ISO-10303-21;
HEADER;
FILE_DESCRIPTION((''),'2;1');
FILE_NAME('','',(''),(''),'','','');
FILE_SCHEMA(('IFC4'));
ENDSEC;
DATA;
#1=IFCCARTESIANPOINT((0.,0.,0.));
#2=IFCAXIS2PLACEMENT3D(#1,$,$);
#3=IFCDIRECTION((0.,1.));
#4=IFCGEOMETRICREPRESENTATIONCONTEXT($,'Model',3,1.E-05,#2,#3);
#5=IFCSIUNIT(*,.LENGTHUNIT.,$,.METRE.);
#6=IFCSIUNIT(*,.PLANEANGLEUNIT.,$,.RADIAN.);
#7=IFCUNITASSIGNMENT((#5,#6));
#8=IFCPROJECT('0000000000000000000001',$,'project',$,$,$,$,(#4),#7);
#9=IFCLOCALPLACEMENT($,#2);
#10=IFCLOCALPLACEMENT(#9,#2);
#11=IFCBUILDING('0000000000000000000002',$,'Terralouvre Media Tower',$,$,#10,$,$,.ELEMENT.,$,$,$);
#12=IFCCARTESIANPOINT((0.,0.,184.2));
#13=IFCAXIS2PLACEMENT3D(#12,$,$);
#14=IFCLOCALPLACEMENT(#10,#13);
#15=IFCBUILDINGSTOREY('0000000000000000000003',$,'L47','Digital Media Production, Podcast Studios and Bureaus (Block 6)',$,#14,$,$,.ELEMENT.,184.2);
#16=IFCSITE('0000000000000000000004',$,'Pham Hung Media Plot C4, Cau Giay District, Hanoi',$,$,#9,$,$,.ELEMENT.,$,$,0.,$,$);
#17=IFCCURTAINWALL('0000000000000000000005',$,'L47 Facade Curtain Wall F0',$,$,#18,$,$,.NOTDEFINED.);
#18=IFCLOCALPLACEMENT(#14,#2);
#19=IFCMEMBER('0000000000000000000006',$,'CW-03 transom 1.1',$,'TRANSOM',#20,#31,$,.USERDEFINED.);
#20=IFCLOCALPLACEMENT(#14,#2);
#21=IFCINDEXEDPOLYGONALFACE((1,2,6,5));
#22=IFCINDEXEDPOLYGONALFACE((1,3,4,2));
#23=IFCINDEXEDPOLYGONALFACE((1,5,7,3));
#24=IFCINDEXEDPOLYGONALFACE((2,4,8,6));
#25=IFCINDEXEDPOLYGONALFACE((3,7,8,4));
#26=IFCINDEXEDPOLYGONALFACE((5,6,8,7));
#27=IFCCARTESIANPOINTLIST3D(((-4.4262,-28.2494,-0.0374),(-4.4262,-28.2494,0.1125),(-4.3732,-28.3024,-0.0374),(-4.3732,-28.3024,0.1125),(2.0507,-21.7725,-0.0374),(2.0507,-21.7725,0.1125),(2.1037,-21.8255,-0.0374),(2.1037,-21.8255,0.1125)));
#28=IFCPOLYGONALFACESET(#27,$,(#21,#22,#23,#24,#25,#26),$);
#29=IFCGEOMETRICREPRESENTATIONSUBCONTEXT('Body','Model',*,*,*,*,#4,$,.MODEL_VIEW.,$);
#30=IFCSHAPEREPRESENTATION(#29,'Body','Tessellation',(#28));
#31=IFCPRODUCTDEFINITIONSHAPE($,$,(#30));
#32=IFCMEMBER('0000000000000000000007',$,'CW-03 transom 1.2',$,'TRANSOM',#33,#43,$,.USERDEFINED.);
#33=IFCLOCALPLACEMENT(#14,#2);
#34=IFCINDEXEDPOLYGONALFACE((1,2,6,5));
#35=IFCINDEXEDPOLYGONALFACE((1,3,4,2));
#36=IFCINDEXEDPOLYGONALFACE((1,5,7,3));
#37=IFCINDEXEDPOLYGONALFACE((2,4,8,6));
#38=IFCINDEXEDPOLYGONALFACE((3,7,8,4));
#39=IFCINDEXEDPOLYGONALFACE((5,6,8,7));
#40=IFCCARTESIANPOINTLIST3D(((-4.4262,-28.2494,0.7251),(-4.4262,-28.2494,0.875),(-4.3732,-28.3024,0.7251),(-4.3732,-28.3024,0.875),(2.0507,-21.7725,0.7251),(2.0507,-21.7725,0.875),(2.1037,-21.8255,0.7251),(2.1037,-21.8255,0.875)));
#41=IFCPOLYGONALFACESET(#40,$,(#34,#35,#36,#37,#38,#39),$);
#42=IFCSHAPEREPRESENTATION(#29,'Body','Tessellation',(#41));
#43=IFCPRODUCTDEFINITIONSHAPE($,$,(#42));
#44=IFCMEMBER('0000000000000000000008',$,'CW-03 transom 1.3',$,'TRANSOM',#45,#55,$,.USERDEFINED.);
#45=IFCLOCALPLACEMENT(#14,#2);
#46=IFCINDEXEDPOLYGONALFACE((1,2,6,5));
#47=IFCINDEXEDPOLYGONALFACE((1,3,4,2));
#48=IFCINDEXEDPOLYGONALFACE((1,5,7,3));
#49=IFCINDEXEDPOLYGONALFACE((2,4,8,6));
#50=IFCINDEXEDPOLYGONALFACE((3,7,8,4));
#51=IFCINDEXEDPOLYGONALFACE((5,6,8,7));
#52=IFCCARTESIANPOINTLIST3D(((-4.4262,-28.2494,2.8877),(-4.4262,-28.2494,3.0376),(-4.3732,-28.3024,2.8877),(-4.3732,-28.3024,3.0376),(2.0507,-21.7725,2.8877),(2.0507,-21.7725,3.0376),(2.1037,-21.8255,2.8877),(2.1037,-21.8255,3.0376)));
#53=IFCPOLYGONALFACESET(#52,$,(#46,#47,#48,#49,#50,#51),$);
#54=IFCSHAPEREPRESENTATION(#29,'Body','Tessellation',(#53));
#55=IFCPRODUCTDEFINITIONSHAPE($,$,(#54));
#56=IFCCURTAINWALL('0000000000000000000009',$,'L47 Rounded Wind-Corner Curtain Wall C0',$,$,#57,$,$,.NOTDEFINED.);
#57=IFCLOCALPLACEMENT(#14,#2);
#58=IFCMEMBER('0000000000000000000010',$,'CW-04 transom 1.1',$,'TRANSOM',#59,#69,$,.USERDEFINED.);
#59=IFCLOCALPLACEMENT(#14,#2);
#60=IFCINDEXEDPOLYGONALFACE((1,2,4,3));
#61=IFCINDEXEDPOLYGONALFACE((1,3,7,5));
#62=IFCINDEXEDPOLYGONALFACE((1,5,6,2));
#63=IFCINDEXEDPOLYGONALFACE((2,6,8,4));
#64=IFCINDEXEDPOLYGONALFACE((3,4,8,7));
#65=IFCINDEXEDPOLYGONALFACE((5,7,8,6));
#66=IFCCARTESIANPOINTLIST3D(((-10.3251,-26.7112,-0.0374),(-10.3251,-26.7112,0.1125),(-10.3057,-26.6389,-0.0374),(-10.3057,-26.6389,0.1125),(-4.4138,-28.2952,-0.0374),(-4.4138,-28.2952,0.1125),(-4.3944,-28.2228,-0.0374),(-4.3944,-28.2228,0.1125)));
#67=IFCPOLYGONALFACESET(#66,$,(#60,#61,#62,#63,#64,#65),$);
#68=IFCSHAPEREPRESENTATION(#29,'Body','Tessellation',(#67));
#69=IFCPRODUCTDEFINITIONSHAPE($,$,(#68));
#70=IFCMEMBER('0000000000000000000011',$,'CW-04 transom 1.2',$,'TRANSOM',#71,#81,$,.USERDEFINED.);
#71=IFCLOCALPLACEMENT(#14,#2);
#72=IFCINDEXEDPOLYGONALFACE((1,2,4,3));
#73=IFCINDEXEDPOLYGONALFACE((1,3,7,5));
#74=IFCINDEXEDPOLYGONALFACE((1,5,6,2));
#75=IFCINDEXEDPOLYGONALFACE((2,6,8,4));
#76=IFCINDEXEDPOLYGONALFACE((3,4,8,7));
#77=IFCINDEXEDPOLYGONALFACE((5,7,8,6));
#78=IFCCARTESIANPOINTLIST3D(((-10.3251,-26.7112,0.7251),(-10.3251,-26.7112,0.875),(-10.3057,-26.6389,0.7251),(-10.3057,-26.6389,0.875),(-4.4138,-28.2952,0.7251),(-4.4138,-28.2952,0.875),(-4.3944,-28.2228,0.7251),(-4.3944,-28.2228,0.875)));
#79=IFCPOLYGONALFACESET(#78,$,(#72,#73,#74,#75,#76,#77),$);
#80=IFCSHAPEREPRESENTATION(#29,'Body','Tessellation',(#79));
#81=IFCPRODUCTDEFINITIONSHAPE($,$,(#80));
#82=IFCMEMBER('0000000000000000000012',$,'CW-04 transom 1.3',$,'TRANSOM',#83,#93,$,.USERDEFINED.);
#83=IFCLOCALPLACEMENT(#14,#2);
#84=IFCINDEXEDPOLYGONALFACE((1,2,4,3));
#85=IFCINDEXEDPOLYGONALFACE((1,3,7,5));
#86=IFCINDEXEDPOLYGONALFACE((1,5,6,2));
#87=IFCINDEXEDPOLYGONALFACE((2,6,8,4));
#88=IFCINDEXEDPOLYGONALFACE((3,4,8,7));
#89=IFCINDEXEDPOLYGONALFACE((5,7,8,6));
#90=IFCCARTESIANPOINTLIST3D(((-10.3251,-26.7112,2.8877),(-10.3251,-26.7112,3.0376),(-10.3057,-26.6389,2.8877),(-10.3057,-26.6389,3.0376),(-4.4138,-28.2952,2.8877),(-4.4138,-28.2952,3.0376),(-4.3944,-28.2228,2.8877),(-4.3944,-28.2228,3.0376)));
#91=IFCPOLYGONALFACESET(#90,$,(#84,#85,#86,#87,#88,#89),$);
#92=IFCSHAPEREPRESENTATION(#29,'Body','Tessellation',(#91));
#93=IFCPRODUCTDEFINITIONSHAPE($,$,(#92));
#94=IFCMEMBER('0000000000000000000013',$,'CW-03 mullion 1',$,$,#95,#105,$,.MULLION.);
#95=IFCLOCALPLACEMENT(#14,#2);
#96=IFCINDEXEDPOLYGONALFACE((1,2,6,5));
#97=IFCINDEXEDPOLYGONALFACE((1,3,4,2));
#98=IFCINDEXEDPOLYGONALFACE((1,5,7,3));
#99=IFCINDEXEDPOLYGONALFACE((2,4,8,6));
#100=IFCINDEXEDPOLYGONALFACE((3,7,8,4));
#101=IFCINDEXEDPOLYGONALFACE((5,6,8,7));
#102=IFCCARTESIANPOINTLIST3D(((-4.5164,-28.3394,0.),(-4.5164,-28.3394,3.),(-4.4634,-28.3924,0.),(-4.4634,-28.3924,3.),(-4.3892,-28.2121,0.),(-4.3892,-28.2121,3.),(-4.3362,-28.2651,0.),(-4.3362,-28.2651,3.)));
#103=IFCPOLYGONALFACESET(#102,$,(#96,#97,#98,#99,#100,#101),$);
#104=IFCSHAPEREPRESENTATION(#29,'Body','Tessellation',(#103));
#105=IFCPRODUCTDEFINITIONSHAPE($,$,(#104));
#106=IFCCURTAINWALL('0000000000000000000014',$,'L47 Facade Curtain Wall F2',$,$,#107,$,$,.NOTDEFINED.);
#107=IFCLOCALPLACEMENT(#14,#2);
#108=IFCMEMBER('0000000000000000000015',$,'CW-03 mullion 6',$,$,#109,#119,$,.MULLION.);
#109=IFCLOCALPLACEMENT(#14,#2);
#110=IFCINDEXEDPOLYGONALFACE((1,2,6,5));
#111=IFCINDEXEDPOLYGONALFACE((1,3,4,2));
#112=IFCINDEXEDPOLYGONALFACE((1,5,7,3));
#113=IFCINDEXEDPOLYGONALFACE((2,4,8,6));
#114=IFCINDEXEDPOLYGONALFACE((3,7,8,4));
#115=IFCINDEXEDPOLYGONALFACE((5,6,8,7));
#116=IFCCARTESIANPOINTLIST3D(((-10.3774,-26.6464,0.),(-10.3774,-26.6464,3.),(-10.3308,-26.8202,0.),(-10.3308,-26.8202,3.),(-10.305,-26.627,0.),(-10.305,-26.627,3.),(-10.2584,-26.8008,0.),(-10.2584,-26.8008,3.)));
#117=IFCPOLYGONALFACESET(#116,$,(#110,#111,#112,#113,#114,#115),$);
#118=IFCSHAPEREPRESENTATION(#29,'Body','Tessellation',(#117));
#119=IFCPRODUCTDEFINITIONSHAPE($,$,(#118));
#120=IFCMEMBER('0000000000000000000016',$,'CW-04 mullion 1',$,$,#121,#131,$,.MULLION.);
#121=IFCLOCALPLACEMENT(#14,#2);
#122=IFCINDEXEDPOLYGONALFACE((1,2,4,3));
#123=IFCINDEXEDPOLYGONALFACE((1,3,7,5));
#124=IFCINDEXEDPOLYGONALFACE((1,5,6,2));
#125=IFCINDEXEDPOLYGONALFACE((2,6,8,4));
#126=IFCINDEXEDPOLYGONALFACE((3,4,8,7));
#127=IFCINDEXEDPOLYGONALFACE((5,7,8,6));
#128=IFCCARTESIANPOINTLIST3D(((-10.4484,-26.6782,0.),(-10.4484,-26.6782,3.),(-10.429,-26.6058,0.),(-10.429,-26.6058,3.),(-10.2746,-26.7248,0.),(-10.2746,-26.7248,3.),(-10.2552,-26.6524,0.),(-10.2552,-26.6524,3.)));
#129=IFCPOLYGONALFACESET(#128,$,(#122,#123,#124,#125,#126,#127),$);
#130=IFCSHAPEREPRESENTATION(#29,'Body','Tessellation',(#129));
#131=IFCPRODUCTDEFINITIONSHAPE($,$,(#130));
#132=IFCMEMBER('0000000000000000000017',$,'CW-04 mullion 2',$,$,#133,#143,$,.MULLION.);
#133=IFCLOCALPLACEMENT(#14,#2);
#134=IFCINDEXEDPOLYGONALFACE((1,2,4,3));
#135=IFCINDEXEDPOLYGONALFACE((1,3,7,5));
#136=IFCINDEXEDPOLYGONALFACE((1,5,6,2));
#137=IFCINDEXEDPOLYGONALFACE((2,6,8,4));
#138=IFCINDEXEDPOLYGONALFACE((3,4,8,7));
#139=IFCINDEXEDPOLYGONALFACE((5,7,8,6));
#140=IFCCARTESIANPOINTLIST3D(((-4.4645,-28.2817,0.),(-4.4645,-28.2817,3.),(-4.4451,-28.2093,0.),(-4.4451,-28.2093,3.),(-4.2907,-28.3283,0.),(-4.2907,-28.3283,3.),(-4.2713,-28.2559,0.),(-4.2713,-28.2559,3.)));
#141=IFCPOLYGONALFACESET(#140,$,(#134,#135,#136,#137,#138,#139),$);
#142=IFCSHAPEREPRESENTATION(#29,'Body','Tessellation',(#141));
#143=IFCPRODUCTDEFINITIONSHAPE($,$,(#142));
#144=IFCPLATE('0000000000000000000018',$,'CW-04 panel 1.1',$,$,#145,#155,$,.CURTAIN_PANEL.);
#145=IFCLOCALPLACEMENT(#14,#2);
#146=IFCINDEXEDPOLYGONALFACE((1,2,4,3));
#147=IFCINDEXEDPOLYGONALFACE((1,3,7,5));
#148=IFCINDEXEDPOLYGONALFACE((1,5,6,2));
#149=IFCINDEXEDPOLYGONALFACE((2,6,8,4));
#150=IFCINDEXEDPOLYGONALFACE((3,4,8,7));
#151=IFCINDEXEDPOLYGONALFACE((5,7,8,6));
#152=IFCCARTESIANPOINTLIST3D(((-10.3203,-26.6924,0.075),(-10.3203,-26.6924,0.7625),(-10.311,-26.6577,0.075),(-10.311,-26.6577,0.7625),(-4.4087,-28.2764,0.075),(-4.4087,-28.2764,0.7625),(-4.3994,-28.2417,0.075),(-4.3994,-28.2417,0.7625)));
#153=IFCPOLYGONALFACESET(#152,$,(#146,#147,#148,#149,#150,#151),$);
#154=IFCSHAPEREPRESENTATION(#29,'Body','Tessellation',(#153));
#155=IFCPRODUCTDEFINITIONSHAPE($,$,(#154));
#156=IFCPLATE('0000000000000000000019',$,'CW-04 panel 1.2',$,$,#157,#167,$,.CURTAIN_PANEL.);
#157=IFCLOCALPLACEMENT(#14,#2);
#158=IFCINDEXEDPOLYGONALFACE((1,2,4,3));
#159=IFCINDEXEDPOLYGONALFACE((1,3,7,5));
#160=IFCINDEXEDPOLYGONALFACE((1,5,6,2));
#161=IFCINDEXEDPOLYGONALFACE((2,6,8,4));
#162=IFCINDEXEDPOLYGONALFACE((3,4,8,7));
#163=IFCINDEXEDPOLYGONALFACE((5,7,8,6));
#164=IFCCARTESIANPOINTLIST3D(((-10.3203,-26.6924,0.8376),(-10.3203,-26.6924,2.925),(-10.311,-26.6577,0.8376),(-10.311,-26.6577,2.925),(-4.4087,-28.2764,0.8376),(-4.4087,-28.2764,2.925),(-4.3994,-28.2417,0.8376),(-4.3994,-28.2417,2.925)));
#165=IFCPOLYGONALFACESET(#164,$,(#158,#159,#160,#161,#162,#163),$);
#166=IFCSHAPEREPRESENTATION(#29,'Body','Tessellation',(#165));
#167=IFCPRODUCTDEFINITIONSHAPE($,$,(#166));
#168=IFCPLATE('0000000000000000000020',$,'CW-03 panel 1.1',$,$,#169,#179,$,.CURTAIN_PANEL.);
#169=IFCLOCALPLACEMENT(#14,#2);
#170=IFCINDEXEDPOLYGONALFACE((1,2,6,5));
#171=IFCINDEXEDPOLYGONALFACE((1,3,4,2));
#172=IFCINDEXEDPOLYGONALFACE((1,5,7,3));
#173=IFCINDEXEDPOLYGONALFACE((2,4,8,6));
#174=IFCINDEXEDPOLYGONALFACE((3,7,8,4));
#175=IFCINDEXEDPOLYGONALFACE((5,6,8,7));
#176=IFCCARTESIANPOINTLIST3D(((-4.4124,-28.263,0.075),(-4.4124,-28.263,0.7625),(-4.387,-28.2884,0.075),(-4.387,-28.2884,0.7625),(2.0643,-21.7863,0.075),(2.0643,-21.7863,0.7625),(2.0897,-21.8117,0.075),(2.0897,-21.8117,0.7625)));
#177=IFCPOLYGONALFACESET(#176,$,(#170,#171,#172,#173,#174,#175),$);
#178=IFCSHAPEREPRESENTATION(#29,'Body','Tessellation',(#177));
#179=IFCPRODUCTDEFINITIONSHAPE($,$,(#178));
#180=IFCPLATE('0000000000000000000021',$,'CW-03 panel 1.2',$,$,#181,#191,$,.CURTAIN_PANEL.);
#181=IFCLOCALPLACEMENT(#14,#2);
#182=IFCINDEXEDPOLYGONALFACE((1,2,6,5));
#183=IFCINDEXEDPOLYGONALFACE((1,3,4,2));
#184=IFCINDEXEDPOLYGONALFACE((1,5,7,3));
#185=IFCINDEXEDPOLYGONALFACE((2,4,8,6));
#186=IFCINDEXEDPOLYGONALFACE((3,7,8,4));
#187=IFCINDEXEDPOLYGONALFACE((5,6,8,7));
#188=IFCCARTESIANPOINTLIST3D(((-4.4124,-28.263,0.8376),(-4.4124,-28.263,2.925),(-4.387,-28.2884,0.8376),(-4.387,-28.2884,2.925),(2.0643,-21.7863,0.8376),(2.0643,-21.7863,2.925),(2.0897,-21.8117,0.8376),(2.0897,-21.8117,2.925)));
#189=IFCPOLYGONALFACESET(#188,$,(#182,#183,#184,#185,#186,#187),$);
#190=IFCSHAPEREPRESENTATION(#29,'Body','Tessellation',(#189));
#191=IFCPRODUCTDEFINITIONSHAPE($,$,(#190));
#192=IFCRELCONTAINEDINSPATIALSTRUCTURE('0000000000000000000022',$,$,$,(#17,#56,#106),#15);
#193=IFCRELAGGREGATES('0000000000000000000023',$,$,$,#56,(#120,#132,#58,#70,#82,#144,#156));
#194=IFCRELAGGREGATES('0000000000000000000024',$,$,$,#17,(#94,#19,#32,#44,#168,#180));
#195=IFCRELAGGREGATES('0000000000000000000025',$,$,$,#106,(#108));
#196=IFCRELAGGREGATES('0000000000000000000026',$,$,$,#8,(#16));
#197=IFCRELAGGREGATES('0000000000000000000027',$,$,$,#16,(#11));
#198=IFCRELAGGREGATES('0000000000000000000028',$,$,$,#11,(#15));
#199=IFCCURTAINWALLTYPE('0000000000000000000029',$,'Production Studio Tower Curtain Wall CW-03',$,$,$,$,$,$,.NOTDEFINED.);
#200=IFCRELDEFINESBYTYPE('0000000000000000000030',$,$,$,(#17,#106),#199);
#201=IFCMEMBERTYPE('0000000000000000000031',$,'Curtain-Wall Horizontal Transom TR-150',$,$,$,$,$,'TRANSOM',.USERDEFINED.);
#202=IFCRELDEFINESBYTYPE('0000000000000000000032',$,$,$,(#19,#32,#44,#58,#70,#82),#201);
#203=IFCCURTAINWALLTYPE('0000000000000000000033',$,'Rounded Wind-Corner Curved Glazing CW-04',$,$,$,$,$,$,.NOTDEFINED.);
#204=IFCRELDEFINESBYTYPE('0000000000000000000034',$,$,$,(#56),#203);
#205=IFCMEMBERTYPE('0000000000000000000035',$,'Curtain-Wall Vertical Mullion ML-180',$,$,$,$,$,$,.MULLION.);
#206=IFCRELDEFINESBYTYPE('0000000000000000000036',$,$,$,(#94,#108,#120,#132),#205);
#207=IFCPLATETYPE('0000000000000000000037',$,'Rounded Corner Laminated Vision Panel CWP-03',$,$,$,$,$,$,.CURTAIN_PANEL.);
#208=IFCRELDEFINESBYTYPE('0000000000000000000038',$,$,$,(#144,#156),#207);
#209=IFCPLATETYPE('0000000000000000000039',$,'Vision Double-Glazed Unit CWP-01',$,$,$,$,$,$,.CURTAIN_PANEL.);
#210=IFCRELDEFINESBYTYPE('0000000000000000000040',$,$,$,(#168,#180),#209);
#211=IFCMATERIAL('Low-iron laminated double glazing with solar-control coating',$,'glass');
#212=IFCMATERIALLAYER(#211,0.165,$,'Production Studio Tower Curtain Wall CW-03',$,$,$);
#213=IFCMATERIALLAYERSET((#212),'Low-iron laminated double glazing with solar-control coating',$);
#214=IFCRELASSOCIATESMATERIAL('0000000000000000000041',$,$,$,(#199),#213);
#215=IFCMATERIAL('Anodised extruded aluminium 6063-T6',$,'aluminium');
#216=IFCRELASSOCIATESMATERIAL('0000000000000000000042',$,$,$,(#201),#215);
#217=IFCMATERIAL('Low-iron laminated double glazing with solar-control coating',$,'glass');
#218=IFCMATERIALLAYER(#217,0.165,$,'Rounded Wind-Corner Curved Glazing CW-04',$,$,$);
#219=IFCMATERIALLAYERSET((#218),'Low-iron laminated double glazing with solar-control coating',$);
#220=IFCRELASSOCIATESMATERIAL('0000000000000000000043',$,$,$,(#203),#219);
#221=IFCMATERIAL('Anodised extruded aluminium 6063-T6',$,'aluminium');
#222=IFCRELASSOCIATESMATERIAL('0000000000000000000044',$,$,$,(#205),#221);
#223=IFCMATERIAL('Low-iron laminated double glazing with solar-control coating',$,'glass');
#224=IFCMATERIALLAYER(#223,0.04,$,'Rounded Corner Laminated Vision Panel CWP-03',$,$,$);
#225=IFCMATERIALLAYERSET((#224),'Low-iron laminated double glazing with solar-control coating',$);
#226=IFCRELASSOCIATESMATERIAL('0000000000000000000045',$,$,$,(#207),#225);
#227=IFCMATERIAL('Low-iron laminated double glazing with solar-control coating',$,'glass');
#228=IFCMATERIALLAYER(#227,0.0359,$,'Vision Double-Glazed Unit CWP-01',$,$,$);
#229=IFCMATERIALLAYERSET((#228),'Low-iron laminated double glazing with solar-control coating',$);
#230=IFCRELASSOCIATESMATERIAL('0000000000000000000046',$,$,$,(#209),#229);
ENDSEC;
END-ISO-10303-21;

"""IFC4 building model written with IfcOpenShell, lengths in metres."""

from ifc_helpers import new_model, si_unit, direction, frame, origin, origin_2d, place, context, subcontext, project, spatial, rectangle, extrude, material, layer, layer_set, material_profile, profile_set, type_object, element, aggregate, save


model = new_model("IFC4")

# Units and contexts
model_context = context("Model", 3, precision=1e-05, world=origin(), true_north=direction((0.0, 1.0)))
body_context = subcontext(model_context, "Body", "Model", "MODEL_VIEW")
ifc_project = project(units=[si_unit("LENGTHUNIT", "METRE"), si_unit("PLANEANGLEUNIT", "RADIAN")], contexts=[model_context])

# Site, building, storey
site_placement = place(None, origin())
site = spatial("IfcSite", under=ifc_project, at=site_placement, Name="Pham Hung Media Plot C4, Cau Giay District, Hanoi", CompositionType="ELEMENT", RefElevation=0.0)
building_placement = place(site_placement, origin())
building = spatial("IfcBuilding", under=site, at=building_placement, Name="Terralouvre Media Tower", CompositionType="ELEMENT")
storey_placement = place(building_placement, frame((0.0, 0.0, 184.2)))
storey = spatial("IfcBuildingStorey", under=building, at=storey_placement, Name="L47", Description="Digital Media Production, Podcast Studios and Bureaus (Block 6)", CompositionType="ELEMENT", Elevation=184.2)

# Curtain walls, members
ifc_material_1 = material(Name="Low-iron laminated double glazing with solar-control coating", Category="glass")
ifc_layer_1 = layer(ifc_material_1, 0.165, Name="Production Studio Tower Curtain Wall CW-03")
ifc_layer_set_1 = layer_set([ifc_layer_1], Name="Low-iron laminated double glazing with solar-control coating")
curtain_wall_type_1 = type_object("IfcCurtainWallType", Name="Production Studio Tower Curtain Wall CW-03", PredefinedType="NOTDEFINED", material=ifc_layer_set_1)
curtain_wall_1_placement = place(storey_placement, origin())
curtain_wall_1 = element("IfcCurtainWall", 1, at=curtain_wall_1_placement, inside=storey, type_object=curtain_wall_type_1, Name="L47 Facade Curtain Wall F0", PredefinedType="NOTDEFINED")
ifc_material_2 = material(Name="Anodised extruded aluminium 6063-T6", Category="aluminium")
ifc_material_profile_1 = material_profile(ifc_material_2, rectangle(XDim=0.075, YDim=0.1499, at=origin_2d()), Name="ALU 75x150")
ifc_profile_set_1 = profile_set([ifc_material_profile_1], Name="Anodised extruded aluminium 6063-T6")
member_type_1 = type_object("IfcMemberType", Name="Curtain-Wall Horizontal Transom TR-150", ElementType="TRANSOM", PredefinedType="USERDEFINED", material=ifc_profile_set_1)
member_1_placement = place(storey_placement, frame((-4.3997, -28.2759, 0.0376), z_axis=(0.707107, 0.707107, 0.0), x_axis=(-0.707107, 0.707107, 0.0)))
member_1 = element("IfcMember", 2, at=member_1_placement, type_object=member_type_1, Name="CW-03 transom 1.1", ObjectType="TRANSOM", PredefinedType="USERDEFINED", context=body_context, shape_type="SweptSolid", body=[
    extrude(rectangle(XDim=0.075, YDim=0.1499, at=origin_2d()), origin(), (0.0, 0.0, 1.0), 9.1597),
])
member_2_placement = place(storey_placement, frame((-4.3997, -28.2759, 0.8), z_axis=(0.707107, 0.707107, 0.0), x_axis=(-0.707107, 0.707107, 0.0)))
member_2 = element("IfcMember", 3, at=member_2_placement, type_object=member_type_1, Name="CW-03 transom 1.2", ObjectType="TRANSOM", PredefinedType="USERDEFINED", context=body_context, shape_type="SweptSolid", body=[
    extrude(rectangle(XDim=0.075, YDim=0.1499, at=origin_2d()), origin(), (0.0, 0.0, 1.0), 9.1597),
])
member_3_placement = place(storey_placement, frame((-4.3997, -28.2759, 2.9626), z_axis=(0.707107, 0.707107, 0.0), x_axis=(-0.707107, 0.707107, 0.0)))
member_3 = element("IfcMember", 4, at=member_3_placement, type_object=member_type_1, Name="CW-03 transom 1.3", ObjectType="TRANSOM", PredefinedType="USERDEFINED", context=body_context, shape_type="SweptSolid", body=[
    extrude(rectangle(XDim=0.075, YDim=0.1499, at=origin_2d()), origin(), (0.0, 0.0, 1.0), 9.1597),
])
ifc_material_3 = material(Name="Low-iron laminated double glazing with solar-control coating", Category="glass")
ifc_layer_2 = layer(ifc_material_3, 0.165, Name="Rounded Wind-Corner Curved Glazing CW-04")
ifc_layer_set_2 = layer_set([ifc_layer_2], Name="Low-iron laminated double glazing with solar-control coating")
curtain_wall_type_2 = type_object("IfcCurtainWallType", Name="Rounded Wind-Corner Curved Glazing CW-04", PredefinedType="NOTDEFINED", material=ifc_layer_set_2)
curtain_wall_2_placement = place(storey_placement, origin())
curtain_wall_2 = element("IfcCurtainWall", 5, at=curtain_wall_2_placement, inside=storey, type_object=curtain_wall_type_2, Name="L47 Rounded Wind-Corner Curtain Wall C0", PredefinedType="NOTDEFINED")
member_4_placement = place(storey_placement, frame((-10.3154, -26.675, 0.0376), z_axis=(0.965924, -0.258824, 0.0), x_axis=(0.258824, 0.965924, 0.0)))
member_4 = element("IfcMember", 6, at=member_4_placement, type_object=member_type_1, Name="CW-04 transom 1.1", ObjectType="TRANSOM", PredefinedType="USERDEFINED", context=body_context, shape_type="SweptSolid", body=[
    extrude(rectangle(XDim=0.075, YDim=0.1499, at=origin_2d()), origin(), (0.0, 0.0, 1.0), 6.1199),
])
member_5_placement = place(storey_placement, frame((-10.3154, -26.675, 0.8), z_axis=(0.965924, -0.258824, 0.0), x_axis=(0.258824, 0.965924, 0.0)))
member_5 = element("IfcMember", 7, at=member_5_placement, type_object=member_type_1, Name="CW-04 transom 1.2", ObjectType="TRANSOM", PredefinedType="USERDEFINED", context=body_context, shape_type="SweptSolid", body=[
    extrude(rectangle(XDim=0.075, YDim=0.1499, at=origin_2d()), origin(), (0.0, 0.0, 1.0), 6.1199),
])
member_6_placement = place(storey_placement, frame((-10.3154, -26.675, 2.9626), z_axis=(0.965924, -0.258824, 0.0), x_axis=(0.258824, 0.965924, 0.0)))
member_6 = element("IfcMember", 8, at=member_6_placement, type_object=member_type_1, Name="CW-04 transom 1.3", ObjectType="TRANSOM", PredefinedType="USERDEFINED", context=body_context, shape_type="SweptSolid", body=[
    extrude(rectangle(XDim=0.075, YDim=0.1499, at=origin_2d()), origin(), (0.0, 0.0, 1.0), 6.1199),
])

# Member
ifc_material_4 = material(Name="Anodised extruded aluminium 6063-T6", Category="aluminium")
ifc_material_profile_2 = material_profile(ifc_material_4, rectangle(XDim=0.075, YDim=0.1799, at=origin_2d()), Name="ALU 75x180")
ifc_profile_set_2 = profile_set([ifc_material_profile_2], Name="Anodised extruded aluminium 6063-T6")
member_type_2 = type_object("IfcMemberType", Name="Curtain-Wall Vertical Mullion ML-180", PredefinedType="MULLION", material=ifc_profile_set_2)
member_7_placement = place(storey_placement, frame((-4.4263, -28.3022, 0.0), z_axis=(0.0, 0.0, 1.0), x_axis=(-0.707107, 0.707107, 0.0)))
member_7 = element("IfcMember", 9, at=member_7_placement, type_object=member_type_2, Name="CW-03 mullion 1", PredefinedType="MULLION", context=body_context, shape_type="SweptSolid", body=[
    extrude(rectangle(XDim=0.075, YDim=0.1799, at=origin_2d()), origin(), (0.0, 0.0, 1.0), 3.0),
])

# Curtain wall, member
curtain_wall_3_placement = place(storey_placement, origin())
curtain_wall_3 = element("IfcCurtainWall", 10, at=curtain_wall_3_placement, inside=storey, type_object=curtain_wall_type_1, Name="L47 Facade Curtain Wall F2", PredefinedType="NOTDEFINED")
member_8_placement = place(storey_placement, frame((-10.3179, -26.7236, 0.0), z_axis=(0.0, 0.0, 1.0), x_axis=(0.965926, 0.258819, 0.0)))
member_8 = element("IfcMember", 11, at=member_8_placement, type_object=member_type_2, Name="CW-03 mullion 6", PredefinedType="MULLION", context=body_context, shape_type="SweptSolid", body=[
    extrude(rectangle(XDim=0.075, YDim=0.1799, at=origin_2d()), origin(), (0.0, 0.0, 1.0), 3.0),
])

# Members
member_9_placement = place(storey_placement, frame((-10.3518, -26.6653, 0.0), z_axis=(0.0, 0.0, 1.0), x_axis=(0.258819, 0.965926, 0.0)))
member_9 = element("IfcMember", 12, at=member_9_placement, type_object=member_type_2, Name="CW-04 mullion 1", PredefinedType="MULLION", context=body_context, shape_type="SweptSolid", body=[
    extrude(rectangle(XDim=0.075, YDim=0.1799, at=origin_2d()), origin(), (0.0, 0.0, 1.0), 3.0),
])
member_10_placement = place(storey_placement, frame((-4.3679, -28.2688, 0.0), z_axis=(0.0, 0.0, 1.0), x_axis=(0.258819, 0.965926, 0.0)))
member_10 = element("IfcMember", 13, at=member_10_placement, type_object=member_type_2, Name="CW-04 mullion 2", PredefinedType="MULLION", context=body_context, shape_type="SweptSolid", body=[
    extrude(rectangle(XDim=0.075, YDim=0.1799, at=origin_2d()), origin(), (0.0, 0.0, 1.0), 3.0),
])

# Plates
ifc_material_5 = material(Name="Low-iron laminated double glazing with solar-control coating", Category="glass")
ifc_layer_3 = layer(ifc_material_5, 0.04, Name="Rounded Corner Laminated Vision Panel CWP-03")
ifc_layer_set_3 = layer_set([ifc_layer_3], Name="Low-iron laminated double glazing with solar-control coating")
plate_type_1 = type_object("IfcPlateType", Name="Rounded Corner Laminated Vision Panel CWP-03", PredefinedType="CURTAIN_PANEL", material=ifc_layer_set_3)
plate_1_placement = place(storey_placement, frame((-7.3599, -27.467, 0.075), z_axis=(0.0, 0.0, 1.0), x_axis=(0.965926, -0.258819, 0.0)))
plate_1 = element("IfcPlate", 14, at=plate_1_placement, type_object=plate_type_1, Name="CW-04 panel 1.1", PredefinedType="CURTAIN_PANEL", context=body_context, shape_type="SweptSolid", body=[
    extrude(rectangle(XDim=6.1201, YDim=0.0359, at=origin_2d()), origin(), (0.0, 0.0, 1.0), 0.6875),
])
plate_2_placement = place(storey_placement, frame((-7.3599, -27.467, 0.8376), z_axis=(0.0, 0.0, 1.0), x_axis=(0.965926, -0.258819, 0.0)))
plate_2 = element("IfcPlate", 15, at=plate_2_placement, type_object=plate_type_1, Name="CW-04 panel 1.2", PredefinedType="CURTAIN_PANEL", context=body_context, shape_type="SweptSolid", body=[
    extrude(rectangle(XDim=6.1201, YDim=0.0359, at=origin_2d()), origin(), (0.0, 0.0, 1.0), 2.0874),
])
aggregate(curtain_wall_2, [member_9, member_10, member_4, member_5, member_6, plate_1, plate_2])
ifc_material_6 = material(Name="Low-iron laminated double glazing with solar-control coating", Category="glass")
ifc_layer_4 = layer(ifc_material_6, 0.0359, Name="Vision Double-Glazed Unit CWP-01")
ifc_layer_set_4 = layer_set([ifc_layer_4], Name="Low-iron laminated double glazing with solar-control coating")
plate_type_2 = type_object("IfcPlateType", Name="Vision Double-Glazed Unit CWP-01", PredefinedType="CURTAIN_PANEL", material=ifc_layer_set_4)
plate_3_placement = place(storey_placement, frame((-1.1614, -25.0374, 0.075), z_axis=(0.0, 0.0, 1.0), x_axis=(0.707107, 0.707107, 0.0)))
plate_3 = element("IfcPlate", 16, at=plate_3_placement, type_object=plate_type_2, Name="CW-03 panel 1.1", PredefinedType="CURTAIN_PANEL", context=body_context, shape_type="SweptSolid", body=[
    extrude(rectangle(XDim=9.1594, YDim=0.0359, at=origin_2d()), origin(), (0.0, 0.0, 1.0), 0.6875),
])
plate_4_placement = place(storey_placement, frame((-1.1614, -25.0374, 0.8376), z_axis=(0.0, 0.0, 1.0), x_axis=(0.707107, 0.707107, 0.0)))
plate_4 = element("IfcPlate", 17, at=plate_4_placement, type_object=plate_type_2, Name="CW-03 panel 1.2", PredefinedType="CURTAIN_PANEL", context=body_context, shape_type="SweptSolid", body=[
    extrude(rectangle(XDim=9.1594, YDim=0.0359, at=origin_2d()), origin(), (0.0, 0.0, 1.0), 2.0874),
])
aggregate(curtain_wall_1, [member_7, member_1, member_2, member_3, plate_3, plate_4])
aggregate(curtain_wall_3, [member_8])

save(model, "model.ifc")
